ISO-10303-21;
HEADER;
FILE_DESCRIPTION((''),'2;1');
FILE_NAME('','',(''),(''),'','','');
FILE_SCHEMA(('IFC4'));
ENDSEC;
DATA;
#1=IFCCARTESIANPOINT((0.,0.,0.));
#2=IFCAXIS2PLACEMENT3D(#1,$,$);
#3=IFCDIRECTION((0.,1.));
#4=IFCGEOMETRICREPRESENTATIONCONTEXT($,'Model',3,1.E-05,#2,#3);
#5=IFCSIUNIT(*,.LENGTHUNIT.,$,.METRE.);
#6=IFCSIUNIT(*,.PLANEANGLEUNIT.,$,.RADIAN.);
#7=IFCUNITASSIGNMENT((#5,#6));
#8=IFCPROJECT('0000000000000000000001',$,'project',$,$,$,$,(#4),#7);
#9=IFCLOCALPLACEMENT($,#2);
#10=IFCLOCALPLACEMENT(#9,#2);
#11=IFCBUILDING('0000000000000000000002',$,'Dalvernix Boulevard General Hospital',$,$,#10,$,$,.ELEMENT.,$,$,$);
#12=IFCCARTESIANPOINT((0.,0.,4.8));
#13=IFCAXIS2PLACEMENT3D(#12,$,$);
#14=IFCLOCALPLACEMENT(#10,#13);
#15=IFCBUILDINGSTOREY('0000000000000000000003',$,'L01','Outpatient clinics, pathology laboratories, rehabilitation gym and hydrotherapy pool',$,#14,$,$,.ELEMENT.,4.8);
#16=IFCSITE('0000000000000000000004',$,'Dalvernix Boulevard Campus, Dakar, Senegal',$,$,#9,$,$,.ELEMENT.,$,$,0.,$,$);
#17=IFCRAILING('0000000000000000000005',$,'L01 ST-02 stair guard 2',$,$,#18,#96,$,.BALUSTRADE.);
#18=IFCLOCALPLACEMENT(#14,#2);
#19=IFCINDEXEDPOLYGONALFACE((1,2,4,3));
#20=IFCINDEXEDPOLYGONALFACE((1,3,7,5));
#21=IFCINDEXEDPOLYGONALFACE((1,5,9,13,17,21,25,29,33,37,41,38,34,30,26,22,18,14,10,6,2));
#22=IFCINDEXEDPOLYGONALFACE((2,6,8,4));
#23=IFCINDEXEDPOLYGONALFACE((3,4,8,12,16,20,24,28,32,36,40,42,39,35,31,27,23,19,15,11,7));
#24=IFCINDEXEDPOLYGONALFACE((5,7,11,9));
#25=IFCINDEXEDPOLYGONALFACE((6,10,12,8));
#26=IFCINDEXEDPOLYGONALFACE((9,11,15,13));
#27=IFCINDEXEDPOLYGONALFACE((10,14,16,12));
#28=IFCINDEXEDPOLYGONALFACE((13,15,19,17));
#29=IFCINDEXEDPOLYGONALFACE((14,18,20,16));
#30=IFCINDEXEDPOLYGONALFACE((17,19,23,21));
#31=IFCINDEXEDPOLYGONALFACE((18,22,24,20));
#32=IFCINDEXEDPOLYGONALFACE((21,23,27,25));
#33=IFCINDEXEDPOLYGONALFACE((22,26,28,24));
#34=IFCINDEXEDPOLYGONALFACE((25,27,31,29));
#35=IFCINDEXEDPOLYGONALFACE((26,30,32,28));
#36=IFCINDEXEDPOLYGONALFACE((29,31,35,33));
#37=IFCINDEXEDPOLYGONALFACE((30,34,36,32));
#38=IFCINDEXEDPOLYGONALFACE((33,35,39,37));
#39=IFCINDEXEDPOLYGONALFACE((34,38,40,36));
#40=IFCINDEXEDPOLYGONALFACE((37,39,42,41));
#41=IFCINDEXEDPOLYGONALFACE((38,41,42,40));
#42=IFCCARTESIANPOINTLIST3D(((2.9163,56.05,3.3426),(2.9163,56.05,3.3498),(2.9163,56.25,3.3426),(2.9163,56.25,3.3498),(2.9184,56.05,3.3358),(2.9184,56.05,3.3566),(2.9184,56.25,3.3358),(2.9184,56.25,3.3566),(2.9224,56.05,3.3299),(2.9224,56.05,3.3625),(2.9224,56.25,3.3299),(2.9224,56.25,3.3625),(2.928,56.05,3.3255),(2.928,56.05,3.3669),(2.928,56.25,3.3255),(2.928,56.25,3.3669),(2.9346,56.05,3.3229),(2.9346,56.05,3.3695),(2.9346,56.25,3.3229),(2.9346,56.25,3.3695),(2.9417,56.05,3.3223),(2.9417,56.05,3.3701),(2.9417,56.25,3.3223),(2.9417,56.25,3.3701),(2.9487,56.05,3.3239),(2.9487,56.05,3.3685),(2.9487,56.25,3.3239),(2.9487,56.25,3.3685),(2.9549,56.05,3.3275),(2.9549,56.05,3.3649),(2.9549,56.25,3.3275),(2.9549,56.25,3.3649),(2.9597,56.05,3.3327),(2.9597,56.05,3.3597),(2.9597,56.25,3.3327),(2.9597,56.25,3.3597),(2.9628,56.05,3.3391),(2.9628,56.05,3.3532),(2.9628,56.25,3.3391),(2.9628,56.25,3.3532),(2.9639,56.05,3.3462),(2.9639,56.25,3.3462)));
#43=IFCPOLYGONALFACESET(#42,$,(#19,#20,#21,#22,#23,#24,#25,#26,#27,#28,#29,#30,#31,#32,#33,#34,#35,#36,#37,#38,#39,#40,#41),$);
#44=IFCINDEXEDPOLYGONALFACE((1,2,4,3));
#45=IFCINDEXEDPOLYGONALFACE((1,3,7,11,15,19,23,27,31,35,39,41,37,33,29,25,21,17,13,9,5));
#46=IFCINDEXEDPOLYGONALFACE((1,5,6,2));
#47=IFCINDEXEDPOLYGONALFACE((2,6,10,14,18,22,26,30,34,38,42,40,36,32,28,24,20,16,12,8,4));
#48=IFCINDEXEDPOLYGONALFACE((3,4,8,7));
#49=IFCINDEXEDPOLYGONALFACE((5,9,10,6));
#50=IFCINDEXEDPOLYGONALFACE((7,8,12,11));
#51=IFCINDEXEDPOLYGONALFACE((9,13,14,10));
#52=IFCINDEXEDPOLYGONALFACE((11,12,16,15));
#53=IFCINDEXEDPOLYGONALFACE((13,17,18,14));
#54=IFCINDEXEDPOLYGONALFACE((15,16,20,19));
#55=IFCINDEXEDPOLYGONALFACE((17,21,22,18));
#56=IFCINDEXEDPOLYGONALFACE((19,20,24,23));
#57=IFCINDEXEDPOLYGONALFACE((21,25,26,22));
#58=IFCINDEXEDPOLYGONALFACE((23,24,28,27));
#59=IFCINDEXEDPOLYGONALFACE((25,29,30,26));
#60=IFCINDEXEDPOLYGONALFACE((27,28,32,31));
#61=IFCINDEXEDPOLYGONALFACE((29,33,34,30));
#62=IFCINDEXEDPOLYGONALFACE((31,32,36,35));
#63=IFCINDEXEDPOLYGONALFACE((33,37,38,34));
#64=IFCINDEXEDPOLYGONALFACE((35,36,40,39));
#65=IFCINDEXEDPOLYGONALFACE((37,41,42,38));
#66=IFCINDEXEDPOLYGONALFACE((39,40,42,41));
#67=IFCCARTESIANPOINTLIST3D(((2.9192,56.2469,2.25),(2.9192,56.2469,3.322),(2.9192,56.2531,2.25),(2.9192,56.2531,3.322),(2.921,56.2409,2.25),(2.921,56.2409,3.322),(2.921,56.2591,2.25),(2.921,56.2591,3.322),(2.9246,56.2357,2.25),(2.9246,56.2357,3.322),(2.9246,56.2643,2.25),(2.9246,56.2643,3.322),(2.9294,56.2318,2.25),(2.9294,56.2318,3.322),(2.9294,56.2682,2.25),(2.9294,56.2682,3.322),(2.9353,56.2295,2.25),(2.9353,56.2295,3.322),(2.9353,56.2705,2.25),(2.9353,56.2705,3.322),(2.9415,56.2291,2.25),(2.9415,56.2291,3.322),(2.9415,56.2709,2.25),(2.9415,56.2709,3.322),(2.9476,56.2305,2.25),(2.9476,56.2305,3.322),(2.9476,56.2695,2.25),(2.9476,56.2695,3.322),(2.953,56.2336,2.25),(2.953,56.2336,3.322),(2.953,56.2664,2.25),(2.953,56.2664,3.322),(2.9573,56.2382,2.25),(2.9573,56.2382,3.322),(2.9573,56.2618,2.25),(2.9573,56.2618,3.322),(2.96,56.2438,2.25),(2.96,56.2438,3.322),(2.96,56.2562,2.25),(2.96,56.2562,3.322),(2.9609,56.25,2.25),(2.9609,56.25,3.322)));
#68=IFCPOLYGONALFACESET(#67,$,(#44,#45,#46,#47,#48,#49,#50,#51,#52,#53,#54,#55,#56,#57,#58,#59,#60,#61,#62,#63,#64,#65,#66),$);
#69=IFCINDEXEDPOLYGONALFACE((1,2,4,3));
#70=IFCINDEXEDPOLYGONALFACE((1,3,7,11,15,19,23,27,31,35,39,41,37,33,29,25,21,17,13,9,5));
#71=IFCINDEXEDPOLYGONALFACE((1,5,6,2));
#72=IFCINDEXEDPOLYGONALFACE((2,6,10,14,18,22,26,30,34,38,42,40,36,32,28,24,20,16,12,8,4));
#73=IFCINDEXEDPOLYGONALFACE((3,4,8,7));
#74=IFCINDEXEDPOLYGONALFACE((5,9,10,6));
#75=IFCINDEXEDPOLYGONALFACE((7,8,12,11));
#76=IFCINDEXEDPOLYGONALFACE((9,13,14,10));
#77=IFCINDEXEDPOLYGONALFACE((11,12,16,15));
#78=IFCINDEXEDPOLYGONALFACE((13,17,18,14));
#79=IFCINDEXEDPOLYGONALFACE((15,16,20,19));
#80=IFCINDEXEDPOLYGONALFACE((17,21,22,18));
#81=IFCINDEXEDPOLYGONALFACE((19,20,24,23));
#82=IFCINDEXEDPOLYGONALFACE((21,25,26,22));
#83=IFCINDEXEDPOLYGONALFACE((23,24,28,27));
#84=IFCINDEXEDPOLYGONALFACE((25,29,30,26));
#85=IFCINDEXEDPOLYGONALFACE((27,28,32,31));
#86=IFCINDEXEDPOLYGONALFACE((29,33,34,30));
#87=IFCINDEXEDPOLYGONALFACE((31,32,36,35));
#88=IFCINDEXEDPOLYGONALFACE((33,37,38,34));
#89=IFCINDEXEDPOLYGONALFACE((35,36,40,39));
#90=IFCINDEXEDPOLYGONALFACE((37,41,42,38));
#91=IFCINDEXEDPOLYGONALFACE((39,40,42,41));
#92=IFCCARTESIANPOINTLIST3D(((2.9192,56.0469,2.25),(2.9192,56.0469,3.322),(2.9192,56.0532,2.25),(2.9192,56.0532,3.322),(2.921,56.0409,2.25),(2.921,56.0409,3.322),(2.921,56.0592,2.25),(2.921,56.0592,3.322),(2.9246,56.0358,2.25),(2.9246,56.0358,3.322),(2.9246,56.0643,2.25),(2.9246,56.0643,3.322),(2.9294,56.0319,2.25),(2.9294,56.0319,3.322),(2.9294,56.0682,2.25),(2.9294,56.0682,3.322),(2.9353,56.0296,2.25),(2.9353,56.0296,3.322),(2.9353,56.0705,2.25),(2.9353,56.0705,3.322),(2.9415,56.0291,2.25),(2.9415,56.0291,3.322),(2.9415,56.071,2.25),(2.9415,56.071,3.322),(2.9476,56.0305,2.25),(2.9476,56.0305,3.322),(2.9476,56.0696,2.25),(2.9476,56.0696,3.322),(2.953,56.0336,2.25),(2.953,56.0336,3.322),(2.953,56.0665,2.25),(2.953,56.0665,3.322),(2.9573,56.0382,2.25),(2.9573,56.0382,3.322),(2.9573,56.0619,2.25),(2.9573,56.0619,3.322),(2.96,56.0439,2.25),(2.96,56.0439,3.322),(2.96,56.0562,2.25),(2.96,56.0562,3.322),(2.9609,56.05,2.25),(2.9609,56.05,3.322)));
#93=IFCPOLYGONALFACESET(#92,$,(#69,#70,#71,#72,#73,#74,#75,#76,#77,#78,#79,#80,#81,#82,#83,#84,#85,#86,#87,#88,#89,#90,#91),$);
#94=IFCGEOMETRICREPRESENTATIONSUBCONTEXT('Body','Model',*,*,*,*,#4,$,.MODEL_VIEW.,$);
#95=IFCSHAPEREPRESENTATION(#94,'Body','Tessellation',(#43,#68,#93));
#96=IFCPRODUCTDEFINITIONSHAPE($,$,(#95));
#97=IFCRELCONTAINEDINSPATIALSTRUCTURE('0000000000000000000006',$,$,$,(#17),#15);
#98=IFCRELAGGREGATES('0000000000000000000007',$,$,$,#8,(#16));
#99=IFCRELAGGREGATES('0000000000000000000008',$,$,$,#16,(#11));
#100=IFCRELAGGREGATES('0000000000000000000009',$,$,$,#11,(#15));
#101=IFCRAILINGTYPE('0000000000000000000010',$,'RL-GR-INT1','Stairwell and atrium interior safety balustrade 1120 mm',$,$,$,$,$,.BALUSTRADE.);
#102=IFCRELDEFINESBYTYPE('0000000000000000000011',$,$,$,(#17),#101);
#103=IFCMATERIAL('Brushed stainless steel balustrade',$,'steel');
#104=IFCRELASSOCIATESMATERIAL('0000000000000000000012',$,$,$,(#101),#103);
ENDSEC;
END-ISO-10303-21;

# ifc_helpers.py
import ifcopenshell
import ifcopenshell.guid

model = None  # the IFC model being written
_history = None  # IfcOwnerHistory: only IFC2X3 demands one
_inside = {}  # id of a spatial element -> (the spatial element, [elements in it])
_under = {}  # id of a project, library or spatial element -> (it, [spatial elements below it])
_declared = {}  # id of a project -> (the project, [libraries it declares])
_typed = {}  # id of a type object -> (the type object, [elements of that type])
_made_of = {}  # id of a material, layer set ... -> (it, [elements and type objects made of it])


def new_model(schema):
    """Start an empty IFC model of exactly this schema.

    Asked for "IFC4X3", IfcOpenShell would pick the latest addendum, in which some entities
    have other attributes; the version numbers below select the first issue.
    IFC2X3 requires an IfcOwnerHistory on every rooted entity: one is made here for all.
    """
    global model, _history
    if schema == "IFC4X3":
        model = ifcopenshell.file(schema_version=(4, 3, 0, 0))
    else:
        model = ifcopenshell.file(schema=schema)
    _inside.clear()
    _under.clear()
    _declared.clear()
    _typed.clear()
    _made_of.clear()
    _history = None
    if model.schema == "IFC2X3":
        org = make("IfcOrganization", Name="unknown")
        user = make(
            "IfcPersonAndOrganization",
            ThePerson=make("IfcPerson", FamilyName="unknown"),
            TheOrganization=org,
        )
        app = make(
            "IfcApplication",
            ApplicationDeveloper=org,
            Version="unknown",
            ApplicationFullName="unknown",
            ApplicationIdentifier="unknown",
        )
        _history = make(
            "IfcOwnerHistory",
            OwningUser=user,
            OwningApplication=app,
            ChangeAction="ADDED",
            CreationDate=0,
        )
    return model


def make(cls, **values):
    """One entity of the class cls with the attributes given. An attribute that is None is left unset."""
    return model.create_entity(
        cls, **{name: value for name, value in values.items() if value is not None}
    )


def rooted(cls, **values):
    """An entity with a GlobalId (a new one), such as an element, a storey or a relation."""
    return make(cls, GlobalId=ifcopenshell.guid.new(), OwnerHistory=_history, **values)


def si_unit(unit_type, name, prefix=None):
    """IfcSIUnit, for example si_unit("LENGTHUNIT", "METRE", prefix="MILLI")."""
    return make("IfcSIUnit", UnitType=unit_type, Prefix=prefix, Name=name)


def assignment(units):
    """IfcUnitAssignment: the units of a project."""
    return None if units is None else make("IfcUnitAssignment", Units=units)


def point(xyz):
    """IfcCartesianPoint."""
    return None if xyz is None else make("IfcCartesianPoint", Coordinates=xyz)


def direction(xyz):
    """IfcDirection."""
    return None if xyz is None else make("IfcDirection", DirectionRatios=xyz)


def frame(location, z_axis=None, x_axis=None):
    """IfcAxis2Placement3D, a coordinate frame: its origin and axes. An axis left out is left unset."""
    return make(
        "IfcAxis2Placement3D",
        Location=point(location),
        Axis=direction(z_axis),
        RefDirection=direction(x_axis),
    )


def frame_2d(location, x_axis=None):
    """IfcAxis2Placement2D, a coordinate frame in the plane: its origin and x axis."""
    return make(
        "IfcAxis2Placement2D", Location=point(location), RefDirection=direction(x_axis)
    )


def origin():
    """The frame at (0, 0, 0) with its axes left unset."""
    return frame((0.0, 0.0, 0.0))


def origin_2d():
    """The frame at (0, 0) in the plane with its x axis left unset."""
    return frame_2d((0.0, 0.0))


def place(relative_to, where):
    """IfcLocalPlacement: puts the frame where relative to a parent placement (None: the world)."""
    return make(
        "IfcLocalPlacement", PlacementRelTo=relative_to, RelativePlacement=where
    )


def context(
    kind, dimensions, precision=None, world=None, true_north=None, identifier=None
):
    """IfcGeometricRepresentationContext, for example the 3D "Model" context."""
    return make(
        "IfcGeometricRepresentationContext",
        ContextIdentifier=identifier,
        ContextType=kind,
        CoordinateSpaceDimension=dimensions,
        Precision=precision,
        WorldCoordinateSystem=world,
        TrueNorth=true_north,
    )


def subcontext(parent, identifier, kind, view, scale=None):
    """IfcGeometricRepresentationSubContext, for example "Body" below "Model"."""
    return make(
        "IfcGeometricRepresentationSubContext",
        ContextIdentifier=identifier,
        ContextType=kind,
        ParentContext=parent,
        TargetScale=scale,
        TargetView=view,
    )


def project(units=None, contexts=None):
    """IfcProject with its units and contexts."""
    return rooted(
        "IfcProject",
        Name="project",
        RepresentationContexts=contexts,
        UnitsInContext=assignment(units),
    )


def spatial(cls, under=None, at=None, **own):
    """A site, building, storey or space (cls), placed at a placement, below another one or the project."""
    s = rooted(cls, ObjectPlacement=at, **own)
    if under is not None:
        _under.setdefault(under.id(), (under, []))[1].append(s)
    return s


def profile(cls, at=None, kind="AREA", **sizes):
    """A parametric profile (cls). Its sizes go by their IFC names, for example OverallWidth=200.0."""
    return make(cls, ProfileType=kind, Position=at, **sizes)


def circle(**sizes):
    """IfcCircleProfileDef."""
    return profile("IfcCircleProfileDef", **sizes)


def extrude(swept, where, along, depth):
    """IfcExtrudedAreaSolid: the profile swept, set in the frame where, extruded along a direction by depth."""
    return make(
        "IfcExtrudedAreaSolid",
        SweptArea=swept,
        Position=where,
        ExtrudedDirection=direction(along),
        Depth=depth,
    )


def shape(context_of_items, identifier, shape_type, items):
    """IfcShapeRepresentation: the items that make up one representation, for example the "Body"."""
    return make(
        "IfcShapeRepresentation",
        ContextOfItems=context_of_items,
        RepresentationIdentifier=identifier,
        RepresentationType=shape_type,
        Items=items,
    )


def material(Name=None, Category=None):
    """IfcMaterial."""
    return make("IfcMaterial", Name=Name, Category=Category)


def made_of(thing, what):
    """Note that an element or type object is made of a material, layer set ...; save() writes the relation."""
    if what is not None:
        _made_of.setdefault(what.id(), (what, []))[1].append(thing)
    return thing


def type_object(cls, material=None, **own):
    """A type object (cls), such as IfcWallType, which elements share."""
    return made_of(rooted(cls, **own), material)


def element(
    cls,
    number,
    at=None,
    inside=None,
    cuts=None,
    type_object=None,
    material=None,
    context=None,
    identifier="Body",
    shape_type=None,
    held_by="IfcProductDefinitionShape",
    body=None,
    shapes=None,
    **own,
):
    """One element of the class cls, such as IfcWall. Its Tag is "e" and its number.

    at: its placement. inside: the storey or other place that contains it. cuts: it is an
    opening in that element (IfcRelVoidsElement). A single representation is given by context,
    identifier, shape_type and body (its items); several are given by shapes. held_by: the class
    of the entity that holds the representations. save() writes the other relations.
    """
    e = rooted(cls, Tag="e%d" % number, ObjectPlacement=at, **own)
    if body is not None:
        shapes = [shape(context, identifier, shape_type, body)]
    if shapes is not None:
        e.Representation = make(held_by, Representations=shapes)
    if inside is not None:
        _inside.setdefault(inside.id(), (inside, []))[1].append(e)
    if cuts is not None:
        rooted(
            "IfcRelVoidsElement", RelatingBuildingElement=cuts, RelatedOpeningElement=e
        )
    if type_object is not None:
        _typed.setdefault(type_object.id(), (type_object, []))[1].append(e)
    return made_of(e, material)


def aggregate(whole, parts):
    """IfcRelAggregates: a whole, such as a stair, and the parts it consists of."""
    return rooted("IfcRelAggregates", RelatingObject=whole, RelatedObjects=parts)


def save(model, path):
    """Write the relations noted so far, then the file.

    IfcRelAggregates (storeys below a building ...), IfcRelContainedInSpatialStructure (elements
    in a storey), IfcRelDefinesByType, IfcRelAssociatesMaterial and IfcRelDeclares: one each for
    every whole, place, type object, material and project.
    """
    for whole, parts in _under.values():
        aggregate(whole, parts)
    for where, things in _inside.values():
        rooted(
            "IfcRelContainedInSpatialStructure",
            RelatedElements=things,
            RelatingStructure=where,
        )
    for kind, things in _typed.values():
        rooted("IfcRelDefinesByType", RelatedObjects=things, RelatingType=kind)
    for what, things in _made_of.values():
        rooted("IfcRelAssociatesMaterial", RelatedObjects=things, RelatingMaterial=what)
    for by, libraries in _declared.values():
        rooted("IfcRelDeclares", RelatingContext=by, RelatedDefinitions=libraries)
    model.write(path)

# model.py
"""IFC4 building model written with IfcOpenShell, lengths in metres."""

from ifc_helpers import new_model, si_unit, direction, frame, origin, origin_2d, place, context, subcontext, project, spatial, circle, extrude, material, type_object, element, save


model = new_model("IFC4")

# Units and contexts
model_context = context("Model", 3, precision=1e-05, world=origin(), true_north=direction((0.0, 1.0)))
body_context = subcontext(model_context, "Body", "Model", "MODEL_VIEW")
ifc_project = project(units=[si_unit("LENGTHUNIT", "METRE"), si_unit("PLANEANGLEUNIT", "RADIAN")], contexts=[model_context])

# Site, building, storey
site_placement = place(None, origin())
site = spatial("IfcSite", under=ifc_project, at=site_placement, Name="Dalvernix Boulevard Campus, Dakar, Senegal", CompositionType="ELEMENT", RefElevation=0.0)
building_placement = place(site_placement, origin())
building = spatial("IfcBuilding", under=site, at=building_placement, Name="Dalvernix Boulevard General Hospital", CompositionType="ELEMENT")
storey_placement = place(building_placement, frame((0.0, 0.0, 4.8)))
storey = spatial("IfcBuildingStorey", under=building, at=storey_placement, Name="L01", Description="Outpatient clinics, pathology laboratories, rehabilitation gym and hydrotherapy pool", CompositionType="ELEMENT", Elevation=4.8)

# Railing
ifc_material_1 = material(Name="Brushed stainless steel balustrade", Category="steel")
railing_type_1 = type_object("IfcRailingType", Name="RL-GR-INT1", Description="Stairwell and atrium interior safety balustrade 1120 mm", PredefinedType="BALUSTRADE", material=ifc_material_1)
railing_1_placement = place(storey_placement, frame((2.9399, 56.25, 2.25)))
element("IfcRailing", 1, at=railing_1_placement, inside=storey, type_object=railing_type_1, Name="L01 ST-02 stair guard 2", PredefinedType="BALUSTRADE", context=body_context, shape_type="SweptSolid", body=[
    extrude(circle(Radius=0.0239, at=origin_2d()), frame((0.0, 0.0, 1.0962), z_axis=(0.0, -1.0, 0.0), x_axis=(1.0, 0.0, 0.0)), (0.0, 0.0, 1.0), 0.2),
    extrude(circle(Radius=0.021, at=origin_2d()), origin(), (0.0, 0.0, 1.0), 1.072),
    extrude(circle(Radius=0.021, at=origin_2d()), frame((0.0, -0.2, 0.0)), (0.0, 0.0, 1.0), 1.072),
])

save(model, "model.ifc")
